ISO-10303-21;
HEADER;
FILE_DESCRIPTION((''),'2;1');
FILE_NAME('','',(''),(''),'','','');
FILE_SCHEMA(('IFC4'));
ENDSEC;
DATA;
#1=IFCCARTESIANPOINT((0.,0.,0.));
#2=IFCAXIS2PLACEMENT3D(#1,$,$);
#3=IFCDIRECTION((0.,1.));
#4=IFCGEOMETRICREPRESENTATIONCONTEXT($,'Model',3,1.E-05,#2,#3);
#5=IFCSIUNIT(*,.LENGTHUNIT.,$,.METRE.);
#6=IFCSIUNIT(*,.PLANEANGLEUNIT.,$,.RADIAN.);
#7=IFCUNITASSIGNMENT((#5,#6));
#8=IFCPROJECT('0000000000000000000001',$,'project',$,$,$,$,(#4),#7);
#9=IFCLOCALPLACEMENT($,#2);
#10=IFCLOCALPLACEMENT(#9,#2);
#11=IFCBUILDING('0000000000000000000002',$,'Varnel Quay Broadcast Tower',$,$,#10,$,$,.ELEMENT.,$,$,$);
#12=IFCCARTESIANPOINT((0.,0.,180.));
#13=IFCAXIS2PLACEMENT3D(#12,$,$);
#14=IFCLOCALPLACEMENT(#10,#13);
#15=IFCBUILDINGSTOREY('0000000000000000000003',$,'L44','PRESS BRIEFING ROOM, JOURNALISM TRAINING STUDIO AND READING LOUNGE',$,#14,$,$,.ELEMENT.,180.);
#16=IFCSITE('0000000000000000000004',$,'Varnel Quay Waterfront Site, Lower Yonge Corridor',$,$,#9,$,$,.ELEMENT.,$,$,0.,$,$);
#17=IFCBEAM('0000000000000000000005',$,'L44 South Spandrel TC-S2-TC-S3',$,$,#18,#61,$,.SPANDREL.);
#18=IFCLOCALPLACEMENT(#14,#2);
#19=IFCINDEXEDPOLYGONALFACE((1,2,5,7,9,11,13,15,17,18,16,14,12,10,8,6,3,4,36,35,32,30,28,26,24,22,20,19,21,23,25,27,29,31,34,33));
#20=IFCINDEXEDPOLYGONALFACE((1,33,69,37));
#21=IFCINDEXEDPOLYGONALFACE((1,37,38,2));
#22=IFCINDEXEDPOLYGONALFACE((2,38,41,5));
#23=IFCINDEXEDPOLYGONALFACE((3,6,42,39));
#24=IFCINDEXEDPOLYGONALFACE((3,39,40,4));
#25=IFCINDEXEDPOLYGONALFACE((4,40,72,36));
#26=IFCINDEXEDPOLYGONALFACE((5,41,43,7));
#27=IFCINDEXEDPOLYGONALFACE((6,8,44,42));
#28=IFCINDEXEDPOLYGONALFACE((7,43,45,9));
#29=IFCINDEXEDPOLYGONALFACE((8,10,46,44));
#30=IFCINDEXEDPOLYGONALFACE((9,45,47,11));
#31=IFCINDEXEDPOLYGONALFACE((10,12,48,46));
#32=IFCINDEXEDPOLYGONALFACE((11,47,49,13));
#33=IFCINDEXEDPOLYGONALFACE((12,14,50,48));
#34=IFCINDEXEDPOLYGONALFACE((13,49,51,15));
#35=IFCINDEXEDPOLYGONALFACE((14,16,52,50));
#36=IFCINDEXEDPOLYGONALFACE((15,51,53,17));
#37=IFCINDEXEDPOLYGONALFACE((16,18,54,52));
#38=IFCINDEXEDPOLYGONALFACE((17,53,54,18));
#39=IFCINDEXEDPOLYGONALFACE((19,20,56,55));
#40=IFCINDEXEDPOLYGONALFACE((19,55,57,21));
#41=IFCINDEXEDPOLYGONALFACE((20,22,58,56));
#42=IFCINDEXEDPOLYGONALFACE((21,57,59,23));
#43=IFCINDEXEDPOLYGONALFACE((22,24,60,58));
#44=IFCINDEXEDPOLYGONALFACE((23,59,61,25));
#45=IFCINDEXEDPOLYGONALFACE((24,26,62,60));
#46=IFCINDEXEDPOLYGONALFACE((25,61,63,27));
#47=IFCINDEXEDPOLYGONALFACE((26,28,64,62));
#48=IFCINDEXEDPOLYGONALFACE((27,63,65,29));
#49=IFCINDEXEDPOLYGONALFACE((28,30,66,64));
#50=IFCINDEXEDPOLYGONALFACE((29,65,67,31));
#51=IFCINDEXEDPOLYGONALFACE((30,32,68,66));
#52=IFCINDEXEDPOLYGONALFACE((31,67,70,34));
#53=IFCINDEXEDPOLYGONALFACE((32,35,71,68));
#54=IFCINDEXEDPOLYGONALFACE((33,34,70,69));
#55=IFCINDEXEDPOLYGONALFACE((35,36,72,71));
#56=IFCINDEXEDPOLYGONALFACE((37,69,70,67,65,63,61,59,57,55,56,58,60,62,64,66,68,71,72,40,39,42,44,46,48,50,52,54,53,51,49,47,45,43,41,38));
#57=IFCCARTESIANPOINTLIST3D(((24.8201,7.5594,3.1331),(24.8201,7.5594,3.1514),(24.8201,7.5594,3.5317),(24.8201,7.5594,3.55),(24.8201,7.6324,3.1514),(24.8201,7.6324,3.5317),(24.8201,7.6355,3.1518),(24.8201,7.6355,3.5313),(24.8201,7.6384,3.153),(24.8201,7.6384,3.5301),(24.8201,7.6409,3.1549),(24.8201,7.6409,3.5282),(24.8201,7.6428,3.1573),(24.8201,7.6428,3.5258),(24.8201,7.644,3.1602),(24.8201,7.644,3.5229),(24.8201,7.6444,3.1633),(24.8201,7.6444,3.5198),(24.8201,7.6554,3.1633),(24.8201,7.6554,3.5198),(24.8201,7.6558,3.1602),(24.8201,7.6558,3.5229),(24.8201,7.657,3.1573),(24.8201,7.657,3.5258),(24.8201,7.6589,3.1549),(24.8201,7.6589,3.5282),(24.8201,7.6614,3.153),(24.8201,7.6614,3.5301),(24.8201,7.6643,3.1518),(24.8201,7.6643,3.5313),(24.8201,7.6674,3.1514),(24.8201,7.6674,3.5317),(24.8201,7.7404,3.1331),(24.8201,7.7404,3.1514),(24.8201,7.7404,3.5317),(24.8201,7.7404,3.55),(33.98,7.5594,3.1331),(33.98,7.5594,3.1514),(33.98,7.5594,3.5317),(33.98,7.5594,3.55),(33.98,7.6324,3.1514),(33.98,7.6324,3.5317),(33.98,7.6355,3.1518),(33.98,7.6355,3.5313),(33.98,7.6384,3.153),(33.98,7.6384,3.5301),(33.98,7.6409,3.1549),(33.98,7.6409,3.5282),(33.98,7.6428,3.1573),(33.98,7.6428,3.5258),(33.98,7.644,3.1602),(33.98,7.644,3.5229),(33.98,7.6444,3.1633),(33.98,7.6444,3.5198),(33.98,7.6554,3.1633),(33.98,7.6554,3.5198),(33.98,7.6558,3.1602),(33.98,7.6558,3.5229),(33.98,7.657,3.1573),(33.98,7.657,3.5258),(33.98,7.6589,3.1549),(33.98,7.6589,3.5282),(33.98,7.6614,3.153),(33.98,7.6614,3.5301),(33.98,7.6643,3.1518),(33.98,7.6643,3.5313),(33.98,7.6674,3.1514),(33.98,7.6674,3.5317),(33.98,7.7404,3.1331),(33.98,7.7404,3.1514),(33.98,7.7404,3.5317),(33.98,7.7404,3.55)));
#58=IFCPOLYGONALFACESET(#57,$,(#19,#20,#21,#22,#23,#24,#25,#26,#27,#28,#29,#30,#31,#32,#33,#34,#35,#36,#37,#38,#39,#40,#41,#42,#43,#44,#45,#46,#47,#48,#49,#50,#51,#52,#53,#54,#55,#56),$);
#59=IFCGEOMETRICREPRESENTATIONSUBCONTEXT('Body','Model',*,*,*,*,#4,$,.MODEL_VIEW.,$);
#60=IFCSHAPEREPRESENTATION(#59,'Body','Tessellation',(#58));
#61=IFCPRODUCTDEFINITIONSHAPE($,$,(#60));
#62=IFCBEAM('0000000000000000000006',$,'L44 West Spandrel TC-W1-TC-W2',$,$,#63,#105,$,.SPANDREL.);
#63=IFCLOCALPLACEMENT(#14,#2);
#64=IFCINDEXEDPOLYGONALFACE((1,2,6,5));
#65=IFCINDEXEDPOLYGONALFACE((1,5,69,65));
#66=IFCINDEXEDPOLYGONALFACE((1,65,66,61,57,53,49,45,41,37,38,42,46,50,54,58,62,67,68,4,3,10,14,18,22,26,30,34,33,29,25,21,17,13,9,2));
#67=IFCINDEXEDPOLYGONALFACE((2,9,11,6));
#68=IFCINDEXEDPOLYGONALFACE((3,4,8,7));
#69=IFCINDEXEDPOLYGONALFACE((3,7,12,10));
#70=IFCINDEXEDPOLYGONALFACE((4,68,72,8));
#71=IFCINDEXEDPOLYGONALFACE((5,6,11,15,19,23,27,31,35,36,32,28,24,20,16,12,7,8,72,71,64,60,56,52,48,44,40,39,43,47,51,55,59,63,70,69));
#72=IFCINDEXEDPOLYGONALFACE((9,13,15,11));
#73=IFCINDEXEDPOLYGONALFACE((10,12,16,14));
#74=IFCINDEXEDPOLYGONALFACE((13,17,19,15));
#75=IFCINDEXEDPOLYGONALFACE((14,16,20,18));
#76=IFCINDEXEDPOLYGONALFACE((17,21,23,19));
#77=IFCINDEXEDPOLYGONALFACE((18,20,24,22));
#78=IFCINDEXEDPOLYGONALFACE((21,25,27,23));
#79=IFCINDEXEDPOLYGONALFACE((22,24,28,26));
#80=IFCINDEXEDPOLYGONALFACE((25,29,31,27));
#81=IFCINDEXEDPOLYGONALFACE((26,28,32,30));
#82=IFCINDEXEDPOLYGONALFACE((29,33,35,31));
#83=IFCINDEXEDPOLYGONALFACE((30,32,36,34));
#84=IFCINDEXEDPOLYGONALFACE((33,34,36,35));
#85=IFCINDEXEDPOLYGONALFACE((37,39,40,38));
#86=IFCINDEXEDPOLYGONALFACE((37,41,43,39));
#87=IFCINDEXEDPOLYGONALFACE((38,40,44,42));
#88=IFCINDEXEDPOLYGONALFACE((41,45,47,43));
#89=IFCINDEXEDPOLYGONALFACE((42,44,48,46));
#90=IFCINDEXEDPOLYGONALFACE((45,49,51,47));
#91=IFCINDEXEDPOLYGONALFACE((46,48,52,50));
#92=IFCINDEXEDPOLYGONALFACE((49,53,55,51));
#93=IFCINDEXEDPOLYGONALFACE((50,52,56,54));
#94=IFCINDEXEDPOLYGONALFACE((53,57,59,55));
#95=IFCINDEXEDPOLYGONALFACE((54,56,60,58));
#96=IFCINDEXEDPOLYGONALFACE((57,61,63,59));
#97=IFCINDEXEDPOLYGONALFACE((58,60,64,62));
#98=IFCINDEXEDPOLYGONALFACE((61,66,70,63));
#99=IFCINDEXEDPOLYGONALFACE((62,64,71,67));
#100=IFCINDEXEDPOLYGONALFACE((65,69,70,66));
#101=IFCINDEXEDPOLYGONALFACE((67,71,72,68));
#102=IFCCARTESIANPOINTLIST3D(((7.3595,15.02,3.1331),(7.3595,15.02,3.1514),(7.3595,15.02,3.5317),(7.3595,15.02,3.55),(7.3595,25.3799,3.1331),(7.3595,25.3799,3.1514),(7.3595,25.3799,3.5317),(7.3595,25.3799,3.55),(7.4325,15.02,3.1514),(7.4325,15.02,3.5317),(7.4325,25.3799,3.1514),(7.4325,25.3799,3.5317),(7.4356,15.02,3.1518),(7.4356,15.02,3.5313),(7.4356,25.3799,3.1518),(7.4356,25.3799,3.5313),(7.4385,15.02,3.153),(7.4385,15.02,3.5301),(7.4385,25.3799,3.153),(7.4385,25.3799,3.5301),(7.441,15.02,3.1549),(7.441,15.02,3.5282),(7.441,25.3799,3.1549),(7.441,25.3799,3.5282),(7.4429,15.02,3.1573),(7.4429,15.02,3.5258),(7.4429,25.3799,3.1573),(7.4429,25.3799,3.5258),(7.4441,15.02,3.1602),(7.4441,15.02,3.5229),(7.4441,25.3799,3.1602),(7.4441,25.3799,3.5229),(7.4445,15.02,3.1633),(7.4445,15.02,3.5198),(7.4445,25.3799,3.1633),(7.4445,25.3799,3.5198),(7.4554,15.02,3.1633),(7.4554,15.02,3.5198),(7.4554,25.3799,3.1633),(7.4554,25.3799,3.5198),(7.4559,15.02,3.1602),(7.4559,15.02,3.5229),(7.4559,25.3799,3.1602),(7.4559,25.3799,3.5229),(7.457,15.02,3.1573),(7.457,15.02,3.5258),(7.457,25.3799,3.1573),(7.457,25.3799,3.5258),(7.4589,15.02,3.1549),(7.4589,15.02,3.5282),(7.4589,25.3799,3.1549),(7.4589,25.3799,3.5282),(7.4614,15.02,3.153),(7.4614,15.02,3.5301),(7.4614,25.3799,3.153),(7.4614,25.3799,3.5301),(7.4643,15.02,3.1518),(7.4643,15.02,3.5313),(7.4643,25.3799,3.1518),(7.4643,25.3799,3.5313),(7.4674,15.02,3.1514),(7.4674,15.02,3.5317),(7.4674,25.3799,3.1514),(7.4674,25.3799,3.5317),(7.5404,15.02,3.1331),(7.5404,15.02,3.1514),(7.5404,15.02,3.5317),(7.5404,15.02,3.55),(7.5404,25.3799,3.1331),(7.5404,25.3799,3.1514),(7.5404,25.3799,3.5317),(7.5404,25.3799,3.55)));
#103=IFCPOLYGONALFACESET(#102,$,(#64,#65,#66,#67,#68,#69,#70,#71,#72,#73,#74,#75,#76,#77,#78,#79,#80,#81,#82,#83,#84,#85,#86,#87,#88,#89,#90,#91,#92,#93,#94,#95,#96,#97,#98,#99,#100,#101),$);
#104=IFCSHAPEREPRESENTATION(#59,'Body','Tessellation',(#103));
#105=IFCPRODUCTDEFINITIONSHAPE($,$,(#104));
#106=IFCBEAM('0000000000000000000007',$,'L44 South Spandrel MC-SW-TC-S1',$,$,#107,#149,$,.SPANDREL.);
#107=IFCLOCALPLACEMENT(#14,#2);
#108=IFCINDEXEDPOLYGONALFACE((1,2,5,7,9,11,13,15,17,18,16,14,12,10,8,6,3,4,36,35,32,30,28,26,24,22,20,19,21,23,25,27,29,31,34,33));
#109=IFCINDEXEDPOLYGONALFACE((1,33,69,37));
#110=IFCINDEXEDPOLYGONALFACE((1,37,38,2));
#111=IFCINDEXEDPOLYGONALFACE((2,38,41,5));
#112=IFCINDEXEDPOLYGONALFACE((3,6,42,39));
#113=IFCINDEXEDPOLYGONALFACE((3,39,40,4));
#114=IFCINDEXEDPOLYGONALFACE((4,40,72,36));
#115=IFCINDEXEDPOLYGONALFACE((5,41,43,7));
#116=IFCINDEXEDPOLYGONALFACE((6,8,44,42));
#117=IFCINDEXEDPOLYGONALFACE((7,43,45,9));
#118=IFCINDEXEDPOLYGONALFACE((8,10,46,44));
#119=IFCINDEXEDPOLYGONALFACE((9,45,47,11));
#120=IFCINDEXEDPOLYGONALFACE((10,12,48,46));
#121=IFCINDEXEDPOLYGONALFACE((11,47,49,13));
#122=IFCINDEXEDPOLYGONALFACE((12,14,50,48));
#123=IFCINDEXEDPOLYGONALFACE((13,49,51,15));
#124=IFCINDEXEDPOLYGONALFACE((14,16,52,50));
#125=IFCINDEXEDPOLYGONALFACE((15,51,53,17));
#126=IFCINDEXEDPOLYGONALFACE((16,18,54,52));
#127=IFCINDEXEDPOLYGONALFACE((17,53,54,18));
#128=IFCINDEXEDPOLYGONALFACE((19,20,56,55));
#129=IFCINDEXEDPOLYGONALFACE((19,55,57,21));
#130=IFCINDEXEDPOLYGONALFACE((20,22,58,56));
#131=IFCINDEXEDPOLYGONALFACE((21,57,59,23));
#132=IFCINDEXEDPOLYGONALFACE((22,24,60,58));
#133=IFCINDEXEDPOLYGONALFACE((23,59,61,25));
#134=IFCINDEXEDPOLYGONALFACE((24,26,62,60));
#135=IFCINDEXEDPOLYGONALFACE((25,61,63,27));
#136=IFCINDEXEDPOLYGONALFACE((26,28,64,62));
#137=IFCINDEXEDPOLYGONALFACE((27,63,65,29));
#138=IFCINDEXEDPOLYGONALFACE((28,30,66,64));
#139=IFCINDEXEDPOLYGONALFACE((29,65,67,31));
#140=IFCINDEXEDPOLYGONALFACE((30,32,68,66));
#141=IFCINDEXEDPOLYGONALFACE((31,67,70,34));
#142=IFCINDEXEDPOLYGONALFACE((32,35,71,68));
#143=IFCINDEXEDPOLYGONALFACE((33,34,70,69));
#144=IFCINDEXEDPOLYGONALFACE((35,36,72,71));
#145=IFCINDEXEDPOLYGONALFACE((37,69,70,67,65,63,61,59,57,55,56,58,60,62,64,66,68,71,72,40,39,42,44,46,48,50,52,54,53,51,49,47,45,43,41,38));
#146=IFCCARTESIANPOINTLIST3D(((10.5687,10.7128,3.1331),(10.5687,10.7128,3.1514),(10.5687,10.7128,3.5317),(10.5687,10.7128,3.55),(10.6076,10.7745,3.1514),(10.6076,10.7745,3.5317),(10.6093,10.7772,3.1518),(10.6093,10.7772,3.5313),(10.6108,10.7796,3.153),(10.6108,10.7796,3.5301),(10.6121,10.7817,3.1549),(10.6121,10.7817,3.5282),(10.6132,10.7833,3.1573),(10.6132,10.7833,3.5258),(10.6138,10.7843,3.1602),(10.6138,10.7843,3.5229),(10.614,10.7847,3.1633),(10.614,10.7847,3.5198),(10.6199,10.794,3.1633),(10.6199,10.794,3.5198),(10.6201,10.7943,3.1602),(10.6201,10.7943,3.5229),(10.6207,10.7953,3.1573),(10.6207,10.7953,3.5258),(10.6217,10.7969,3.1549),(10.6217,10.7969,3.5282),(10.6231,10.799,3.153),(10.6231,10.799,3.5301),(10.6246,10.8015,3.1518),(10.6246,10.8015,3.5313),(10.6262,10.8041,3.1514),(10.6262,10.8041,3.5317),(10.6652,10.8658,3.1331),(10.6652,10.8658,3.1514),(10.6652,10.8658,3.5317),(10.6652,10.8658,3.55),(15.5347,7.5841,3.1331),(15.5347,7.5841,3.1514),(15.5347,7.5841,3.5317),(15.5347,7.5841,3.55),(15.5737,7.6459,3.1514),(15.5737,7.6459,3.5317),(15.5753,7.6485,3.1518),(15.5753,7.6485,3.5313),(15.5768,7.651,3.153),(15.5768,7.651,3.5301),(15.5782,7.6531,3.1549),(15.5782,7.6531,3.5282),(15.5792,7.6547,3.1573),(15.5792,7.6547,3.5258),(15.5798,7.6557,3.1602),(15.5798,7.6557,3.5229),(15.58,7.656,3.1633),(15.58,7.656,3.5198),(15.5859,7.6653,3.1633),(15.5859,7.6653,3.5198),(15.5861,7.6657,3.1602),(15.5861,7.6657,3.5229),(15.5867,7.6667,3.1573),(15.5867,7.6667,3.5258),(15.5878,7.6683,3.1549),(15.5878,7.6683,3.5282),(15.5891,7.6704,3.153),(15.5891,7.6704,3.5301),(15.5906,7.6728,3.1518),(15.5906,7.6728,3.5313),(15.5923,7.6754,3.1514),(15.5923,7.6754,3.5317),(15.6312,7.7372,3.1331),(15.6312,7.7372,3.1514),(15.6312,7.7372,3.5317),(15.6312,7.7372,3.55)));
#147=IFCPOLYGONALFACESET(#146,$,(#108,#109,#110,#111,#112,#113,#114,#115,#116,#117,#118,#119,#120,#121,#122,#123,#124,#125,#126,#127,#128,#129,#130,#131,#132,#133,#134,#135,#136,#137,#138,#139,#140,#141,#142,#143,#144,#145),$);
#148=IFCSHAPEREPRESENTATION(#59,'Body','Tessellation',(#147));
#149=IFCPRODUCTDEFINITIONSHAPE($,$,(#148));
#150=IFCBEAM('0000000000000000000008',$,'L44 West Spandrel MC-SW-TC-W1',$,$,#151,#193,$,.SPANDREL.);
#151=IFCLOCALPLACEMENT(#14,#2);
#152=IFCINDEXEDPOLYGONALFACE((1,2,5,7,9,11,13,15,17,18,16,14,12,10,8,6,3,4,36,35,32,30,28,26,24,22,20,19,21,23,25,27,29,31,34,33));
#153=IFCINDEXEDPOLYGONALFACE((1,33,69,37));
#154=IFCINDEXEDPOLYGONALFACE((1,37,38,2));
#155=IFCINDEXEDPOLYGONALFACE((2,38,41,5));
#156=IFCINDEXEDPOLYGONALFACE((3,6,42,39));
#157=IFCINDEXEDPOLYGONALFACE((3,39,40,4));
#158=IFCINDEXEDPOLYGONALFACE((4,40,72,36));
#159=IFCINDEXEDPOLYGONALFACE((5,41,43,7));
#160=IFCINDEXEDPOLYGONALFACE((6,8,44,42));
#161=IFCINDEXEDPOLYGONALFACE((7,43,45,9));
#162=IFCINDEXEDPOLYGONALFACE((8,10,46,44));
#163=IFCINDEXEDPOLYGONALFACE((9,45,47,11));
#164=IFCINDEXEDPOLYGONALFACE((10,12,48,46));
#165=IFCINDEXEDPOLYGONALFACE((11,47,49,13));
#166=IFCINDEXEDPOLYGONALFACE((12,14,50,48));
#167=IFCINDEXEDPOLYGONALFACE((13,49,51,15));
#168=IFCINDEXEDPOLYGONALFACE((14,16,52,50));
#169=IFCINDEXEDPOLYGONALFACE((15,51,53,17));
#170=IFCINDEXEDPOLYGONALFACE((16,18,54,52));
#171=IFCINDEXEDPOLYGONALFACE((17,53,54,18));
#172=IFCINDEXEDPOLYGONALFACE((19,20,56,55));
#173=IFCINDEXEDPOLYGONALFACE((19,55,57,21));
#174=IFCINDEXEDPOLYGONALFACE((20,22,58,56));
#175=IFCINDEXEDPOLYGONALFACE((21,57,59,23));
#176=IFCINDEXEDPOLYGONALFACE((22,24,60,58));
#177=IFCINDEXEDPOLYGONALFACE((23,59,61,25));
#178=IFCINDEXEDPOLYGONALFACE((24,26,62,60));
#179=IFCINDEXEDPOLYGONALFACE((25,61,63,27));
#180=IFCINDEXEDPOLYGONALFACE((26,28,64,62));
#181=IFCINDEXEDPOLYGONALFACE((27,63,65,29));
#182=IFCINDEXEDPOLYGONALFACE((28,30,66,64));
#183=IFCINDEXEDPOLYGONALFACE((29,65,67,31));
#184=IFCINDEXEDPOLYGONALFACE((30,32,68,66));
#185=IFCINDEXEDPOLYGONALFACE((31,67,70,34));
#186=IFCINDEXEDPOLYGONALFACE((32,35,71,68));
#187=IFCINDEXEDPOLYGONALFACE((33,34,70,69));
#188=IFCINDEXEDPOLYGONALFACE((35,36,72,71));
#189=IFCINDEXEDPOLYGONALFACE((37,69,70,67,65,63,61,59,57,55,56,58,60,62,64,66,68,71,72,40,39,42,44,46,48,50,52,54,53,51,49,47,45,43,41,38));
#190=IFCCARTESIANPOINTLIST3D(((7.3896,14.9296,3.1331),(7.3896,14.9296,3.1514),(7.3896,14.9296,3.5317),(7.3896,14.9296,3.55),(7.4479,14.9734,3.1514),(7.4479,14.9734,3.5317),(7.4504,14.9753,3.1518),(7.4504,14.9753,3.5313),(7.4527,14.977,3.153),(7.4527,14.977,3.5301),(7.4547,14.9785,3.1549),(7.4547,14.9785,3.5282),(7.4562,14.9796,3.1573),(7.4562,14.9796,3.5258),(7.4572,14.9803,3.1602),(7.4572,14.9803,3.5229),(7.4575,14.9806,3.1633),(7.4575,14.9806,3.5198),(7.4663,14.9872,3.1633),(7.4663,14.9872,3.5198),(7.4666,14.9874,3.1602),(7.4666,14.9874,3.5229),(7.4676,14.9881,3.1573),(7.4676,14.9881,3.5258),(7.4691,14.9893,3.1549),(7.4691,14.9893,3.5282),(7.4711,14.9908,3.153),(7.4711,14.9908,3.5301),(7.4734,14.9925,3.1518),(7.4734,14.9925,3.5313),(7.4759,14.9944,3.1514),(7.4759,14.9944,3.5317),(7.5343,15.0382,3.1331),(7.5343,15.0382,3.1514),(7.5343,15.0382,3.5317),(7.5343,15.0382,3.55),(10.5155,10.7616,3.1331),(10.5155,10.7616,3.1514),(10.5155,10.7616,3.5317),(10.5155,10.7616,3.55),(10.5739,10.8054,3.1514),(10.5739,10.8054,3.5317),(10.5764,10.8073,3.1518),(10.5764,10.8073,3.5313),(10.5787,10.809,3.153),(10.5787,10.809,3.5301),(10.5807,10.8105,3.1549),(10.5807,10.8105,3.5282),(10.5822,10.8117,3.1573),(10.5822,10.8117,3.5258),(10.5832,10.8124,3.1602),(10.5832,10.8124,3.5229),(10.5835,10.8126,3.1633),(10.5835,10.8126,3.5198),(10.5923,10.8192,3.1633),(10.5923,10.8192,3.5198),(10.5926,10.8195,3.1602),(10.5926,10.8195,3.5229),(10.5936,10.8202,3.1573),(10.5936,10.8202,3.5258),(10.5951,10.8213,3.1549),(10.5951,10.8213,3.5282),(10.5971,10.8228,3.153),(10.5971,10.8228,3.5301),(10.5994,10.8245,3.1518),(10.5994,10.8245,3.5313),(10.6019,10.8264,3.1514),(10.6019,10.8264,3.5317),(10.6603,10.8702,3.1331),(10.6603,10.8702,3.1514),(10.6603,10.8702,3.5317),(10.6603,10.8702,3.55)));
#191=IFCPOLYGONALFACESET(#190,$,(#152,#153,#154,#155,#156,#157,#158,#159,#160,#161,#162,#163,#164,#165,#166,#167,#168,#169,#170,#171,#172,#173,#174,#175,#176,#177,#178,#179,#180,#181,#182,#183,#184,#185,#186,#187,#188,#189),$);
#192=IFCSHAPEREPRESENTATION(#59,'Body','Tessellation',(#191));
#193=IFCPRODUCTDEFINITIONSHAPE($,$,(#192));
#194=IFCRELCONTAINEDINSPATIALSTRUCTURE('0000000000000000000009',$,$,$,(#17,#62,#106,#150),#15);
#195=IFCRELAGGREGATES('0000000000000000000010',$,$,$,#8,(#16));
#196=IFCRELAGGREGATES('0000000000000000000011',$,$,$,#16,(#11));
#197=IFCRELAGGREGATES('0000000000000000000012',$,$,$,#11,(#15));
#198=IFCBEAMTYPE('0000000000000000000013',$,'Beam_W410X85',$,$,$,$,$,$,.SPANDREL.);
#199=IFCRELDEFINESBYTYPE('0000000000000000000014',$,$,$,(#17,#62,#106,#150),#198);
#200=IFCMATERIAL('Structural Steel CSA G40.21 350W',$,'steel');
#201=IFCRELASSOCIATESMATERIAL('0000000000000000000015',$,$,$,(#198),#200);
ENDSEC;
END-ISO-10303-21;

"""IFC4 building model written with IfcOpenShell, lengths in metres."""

from ifc_helpers import new_model, si_unit, direction, frame, origin, origin_2d, place, context, subcontext, project, spatial, i_section, extrude, source, transform, mapped, material, material_profile, profile_set, type_object, type_shapes, element, save


model = new_model("IFC4")

# Units and contexts
model_context = context("Model", 3, precision=1e-05, world=origin(), true_north=direction((0.0, 1.0)))
body_context = subcontext(model_context, "Body", "Model", "MODEL_VIEW")
ifc_project = project(units=[si_unit("LENGTHUNIT", "METRE"), si_unit("PLANEANGLEUNIT", "RADIAN")], contexts=[model_context])

# Site, building, storey
site_placement = place(None, origin())
site = spatial("IfcSite", under=ifc_project, at=site_placement, Name="Varnel Quay Waterfront Site, Lower Yonge Corridor", CompositionType="ELEMENT", RefElevation=0.0)
building_placement = place(site_placement, origin())
building = spatial("IfcBuilding", under=site, at=building_placement, Name="Varnel Quay Broadcast Tower", CompositionType="ELEMENT")
storey_placement = place(building_placement, frame((0.0, 0.0, 180.0)))
storey = spatial("IfcBuildingStorey", under=building, at=storey_placement, Name="L44", Description="PRESS BRIEFING ROOM, JOURNALISM TRAINING STUDIO AND READING LOUNGE", CompositionType="ELEMENT", Elevation=180.0)

# Shared definitions
ifc_material_1 = material(Name="Structural Steel CSA G40.21 350W", Category="steel")

# Beams
ifc_material_profile_1 = material_profile(ifc_material_1, i_section(OverallWidth=0.1809, OverallDepth=0.417, WebThickness=0.011, FlangeThickness=0.0183, FilletRadius=0.012, at=origin_2d()), Name="W410X85")
ifc_profile_set_1 = profile_set([ifc_material_profile_1], Name="Structural Steel CSA G40.21 350W")
beam_type_1 = type_object("IfcBeamType", Name="Beam_W410X85", PredefinedType="SPANDREL", material=ifc_profile_set_1)
shared_shape_1 = source(origin(), body_context, "Body", "SweptSolid", [
    extrude(i_section(OverallWidth=0.1809, OverallDepth=0.417, WebThickness=0.011, FlangeThickness=0.0183, FilletRadius=0.012, at=origin_2d()), origin(), (0.0, 0.0, 1.0), 9.1599),
])
for number, where, z_axis, x_axis, name in (
    (1, (24.8201, 7.6499, 3.3416), (1.0, 0.0, 0.0), (0.0, 1.0, 0.0), "L44 South Spandrel TC-S2-TC-S3"),
):
    element("IfcBeam", number, at=place(storey_placement, frame(where, z_axis=z_axis, x_axis=x_axis)), inside=storey, type_object=beam_type_1, Name=name, PredefinedType="SPANDREL", context=body_context, shape_type="MappedRepresentation", body=[
        mapped(shared_shape_1, transform((0.0, 0.0, 0.0), x_axis=(1.0, 0.0, 0.0), y_axis=(0.0, 1.0, 0.0), z_axis=(0.0, 0.0, 1.0), scale=1.0)),
    ])
shared_shape_2 = source(origin(), body_context, "Body", "SweptSolid", [
    extrude(i_section(OverallWidth=0.1809, OverallDepth=0.417, WebThickness=0.011, FlangeThickness=0.0183, FilletRadius=0.012, at=origin_2d()), origin(), (0.0, 0.0, 1.0), 10.3599),
])
beam_1_placement = place(storey_placement, frame((7.45, 15.02, 3.3416), z_axis=(0.0, 1.0, 0.0), x_axis=(-1.0, 0.0, 0.0)))
element("IfcBeam", 2, at=beam_1_placement, inside=storey, type_object=beam_type_1, Name="L44 West Spandrel TC-W1-TC-W2", PredefinedType="SPANDREL", context=body_context, shape_type="MappedRepresentation", body=[
    mapped(shared_shape_2, transform((0.0, 0.0, 0.0), x_axis=(1.0, 0.0, 0.0), y_axis=(0.0, 1.0, 0.0), z_axis=(0.0, 0.0, 1.0), scale=1.0)),
])
shared_shape_3 = source(origin(), body_context, "Body", "SweptSolid", [
    extrude(i_section(OverallWidth=0.1809, OverallDepth=0.417, WebThickness=0.011, FlangeThickness=0.0183, FilletRadius=0.012, at=origin_2d()), origin(), (0.0, 0.0, 1.0), 5.8694),
])
beam_2_placement = place(storey_placement, frame((10.6169, 10.7893, 3.3416), z_axis=(0.846088, -0.533043, 0.0), x_axis=(0.533043, 0.846088, 0.0)))
element("IfcBeam", 3, at=beam_2_placement, inside=storey, type_object=beam_type_1, Name="L44 South Spandrel MC-SW-TC-S1", PredefinedType="SPANDREL", context=body_context, shape_type="MappedRepresentation", body=[
    mapped(shared_shape_3, transform((0.0, 0.0, 0.0), x_axis=(1.0, 0.0, 0.0), y_axis=(0.0, 1.0, 0.0), z_axis=(0.0, 0.0, 1.0), scale=1.0)),
])
shared_shape_4 = source(origin(), body_context, "Body", "SweptSolid", [
    extrude(i_section(OverallWidth=0.1809, OverallDepth=0.417, WebThickness=0.011, FlangeThickness=0.0183, FilletRadius=0.012, at=origin_2d()), origin(), (0.0, 0.0, 1.0), 5.21),
])
type_shapes(beam_type_1, [shared_shape_1, shared_shape_2, shared_shape_3, shared_shape_4])
beam_3_placement = place(storey_placement, frame((10.5879, 10.8159, 3.3416), z_axis=(-0.6, 0.8, 0.0), x_axis=(-0.8, -0.6, 0.0)))
element("IfcBeam", 4, at=beam_3_placement, inside=storey, type_object=beam_type_1, Name="L44 West Spandrel MC-SW-TC-W1", PredefinedType="SPANDREL", context=body_context, shape_type="MappedRepresentation", body=[
    mapped(shared_shape_4, transform((0.0, 0.0, 0.0), x_axis=(1.0, 0.0, 0.0), y_axis=(0.0, 1.0, 0.0), z_axis=(0.0, 0.0, 1.0), scale=1.0)),
])

save(model, "model.ifc")
